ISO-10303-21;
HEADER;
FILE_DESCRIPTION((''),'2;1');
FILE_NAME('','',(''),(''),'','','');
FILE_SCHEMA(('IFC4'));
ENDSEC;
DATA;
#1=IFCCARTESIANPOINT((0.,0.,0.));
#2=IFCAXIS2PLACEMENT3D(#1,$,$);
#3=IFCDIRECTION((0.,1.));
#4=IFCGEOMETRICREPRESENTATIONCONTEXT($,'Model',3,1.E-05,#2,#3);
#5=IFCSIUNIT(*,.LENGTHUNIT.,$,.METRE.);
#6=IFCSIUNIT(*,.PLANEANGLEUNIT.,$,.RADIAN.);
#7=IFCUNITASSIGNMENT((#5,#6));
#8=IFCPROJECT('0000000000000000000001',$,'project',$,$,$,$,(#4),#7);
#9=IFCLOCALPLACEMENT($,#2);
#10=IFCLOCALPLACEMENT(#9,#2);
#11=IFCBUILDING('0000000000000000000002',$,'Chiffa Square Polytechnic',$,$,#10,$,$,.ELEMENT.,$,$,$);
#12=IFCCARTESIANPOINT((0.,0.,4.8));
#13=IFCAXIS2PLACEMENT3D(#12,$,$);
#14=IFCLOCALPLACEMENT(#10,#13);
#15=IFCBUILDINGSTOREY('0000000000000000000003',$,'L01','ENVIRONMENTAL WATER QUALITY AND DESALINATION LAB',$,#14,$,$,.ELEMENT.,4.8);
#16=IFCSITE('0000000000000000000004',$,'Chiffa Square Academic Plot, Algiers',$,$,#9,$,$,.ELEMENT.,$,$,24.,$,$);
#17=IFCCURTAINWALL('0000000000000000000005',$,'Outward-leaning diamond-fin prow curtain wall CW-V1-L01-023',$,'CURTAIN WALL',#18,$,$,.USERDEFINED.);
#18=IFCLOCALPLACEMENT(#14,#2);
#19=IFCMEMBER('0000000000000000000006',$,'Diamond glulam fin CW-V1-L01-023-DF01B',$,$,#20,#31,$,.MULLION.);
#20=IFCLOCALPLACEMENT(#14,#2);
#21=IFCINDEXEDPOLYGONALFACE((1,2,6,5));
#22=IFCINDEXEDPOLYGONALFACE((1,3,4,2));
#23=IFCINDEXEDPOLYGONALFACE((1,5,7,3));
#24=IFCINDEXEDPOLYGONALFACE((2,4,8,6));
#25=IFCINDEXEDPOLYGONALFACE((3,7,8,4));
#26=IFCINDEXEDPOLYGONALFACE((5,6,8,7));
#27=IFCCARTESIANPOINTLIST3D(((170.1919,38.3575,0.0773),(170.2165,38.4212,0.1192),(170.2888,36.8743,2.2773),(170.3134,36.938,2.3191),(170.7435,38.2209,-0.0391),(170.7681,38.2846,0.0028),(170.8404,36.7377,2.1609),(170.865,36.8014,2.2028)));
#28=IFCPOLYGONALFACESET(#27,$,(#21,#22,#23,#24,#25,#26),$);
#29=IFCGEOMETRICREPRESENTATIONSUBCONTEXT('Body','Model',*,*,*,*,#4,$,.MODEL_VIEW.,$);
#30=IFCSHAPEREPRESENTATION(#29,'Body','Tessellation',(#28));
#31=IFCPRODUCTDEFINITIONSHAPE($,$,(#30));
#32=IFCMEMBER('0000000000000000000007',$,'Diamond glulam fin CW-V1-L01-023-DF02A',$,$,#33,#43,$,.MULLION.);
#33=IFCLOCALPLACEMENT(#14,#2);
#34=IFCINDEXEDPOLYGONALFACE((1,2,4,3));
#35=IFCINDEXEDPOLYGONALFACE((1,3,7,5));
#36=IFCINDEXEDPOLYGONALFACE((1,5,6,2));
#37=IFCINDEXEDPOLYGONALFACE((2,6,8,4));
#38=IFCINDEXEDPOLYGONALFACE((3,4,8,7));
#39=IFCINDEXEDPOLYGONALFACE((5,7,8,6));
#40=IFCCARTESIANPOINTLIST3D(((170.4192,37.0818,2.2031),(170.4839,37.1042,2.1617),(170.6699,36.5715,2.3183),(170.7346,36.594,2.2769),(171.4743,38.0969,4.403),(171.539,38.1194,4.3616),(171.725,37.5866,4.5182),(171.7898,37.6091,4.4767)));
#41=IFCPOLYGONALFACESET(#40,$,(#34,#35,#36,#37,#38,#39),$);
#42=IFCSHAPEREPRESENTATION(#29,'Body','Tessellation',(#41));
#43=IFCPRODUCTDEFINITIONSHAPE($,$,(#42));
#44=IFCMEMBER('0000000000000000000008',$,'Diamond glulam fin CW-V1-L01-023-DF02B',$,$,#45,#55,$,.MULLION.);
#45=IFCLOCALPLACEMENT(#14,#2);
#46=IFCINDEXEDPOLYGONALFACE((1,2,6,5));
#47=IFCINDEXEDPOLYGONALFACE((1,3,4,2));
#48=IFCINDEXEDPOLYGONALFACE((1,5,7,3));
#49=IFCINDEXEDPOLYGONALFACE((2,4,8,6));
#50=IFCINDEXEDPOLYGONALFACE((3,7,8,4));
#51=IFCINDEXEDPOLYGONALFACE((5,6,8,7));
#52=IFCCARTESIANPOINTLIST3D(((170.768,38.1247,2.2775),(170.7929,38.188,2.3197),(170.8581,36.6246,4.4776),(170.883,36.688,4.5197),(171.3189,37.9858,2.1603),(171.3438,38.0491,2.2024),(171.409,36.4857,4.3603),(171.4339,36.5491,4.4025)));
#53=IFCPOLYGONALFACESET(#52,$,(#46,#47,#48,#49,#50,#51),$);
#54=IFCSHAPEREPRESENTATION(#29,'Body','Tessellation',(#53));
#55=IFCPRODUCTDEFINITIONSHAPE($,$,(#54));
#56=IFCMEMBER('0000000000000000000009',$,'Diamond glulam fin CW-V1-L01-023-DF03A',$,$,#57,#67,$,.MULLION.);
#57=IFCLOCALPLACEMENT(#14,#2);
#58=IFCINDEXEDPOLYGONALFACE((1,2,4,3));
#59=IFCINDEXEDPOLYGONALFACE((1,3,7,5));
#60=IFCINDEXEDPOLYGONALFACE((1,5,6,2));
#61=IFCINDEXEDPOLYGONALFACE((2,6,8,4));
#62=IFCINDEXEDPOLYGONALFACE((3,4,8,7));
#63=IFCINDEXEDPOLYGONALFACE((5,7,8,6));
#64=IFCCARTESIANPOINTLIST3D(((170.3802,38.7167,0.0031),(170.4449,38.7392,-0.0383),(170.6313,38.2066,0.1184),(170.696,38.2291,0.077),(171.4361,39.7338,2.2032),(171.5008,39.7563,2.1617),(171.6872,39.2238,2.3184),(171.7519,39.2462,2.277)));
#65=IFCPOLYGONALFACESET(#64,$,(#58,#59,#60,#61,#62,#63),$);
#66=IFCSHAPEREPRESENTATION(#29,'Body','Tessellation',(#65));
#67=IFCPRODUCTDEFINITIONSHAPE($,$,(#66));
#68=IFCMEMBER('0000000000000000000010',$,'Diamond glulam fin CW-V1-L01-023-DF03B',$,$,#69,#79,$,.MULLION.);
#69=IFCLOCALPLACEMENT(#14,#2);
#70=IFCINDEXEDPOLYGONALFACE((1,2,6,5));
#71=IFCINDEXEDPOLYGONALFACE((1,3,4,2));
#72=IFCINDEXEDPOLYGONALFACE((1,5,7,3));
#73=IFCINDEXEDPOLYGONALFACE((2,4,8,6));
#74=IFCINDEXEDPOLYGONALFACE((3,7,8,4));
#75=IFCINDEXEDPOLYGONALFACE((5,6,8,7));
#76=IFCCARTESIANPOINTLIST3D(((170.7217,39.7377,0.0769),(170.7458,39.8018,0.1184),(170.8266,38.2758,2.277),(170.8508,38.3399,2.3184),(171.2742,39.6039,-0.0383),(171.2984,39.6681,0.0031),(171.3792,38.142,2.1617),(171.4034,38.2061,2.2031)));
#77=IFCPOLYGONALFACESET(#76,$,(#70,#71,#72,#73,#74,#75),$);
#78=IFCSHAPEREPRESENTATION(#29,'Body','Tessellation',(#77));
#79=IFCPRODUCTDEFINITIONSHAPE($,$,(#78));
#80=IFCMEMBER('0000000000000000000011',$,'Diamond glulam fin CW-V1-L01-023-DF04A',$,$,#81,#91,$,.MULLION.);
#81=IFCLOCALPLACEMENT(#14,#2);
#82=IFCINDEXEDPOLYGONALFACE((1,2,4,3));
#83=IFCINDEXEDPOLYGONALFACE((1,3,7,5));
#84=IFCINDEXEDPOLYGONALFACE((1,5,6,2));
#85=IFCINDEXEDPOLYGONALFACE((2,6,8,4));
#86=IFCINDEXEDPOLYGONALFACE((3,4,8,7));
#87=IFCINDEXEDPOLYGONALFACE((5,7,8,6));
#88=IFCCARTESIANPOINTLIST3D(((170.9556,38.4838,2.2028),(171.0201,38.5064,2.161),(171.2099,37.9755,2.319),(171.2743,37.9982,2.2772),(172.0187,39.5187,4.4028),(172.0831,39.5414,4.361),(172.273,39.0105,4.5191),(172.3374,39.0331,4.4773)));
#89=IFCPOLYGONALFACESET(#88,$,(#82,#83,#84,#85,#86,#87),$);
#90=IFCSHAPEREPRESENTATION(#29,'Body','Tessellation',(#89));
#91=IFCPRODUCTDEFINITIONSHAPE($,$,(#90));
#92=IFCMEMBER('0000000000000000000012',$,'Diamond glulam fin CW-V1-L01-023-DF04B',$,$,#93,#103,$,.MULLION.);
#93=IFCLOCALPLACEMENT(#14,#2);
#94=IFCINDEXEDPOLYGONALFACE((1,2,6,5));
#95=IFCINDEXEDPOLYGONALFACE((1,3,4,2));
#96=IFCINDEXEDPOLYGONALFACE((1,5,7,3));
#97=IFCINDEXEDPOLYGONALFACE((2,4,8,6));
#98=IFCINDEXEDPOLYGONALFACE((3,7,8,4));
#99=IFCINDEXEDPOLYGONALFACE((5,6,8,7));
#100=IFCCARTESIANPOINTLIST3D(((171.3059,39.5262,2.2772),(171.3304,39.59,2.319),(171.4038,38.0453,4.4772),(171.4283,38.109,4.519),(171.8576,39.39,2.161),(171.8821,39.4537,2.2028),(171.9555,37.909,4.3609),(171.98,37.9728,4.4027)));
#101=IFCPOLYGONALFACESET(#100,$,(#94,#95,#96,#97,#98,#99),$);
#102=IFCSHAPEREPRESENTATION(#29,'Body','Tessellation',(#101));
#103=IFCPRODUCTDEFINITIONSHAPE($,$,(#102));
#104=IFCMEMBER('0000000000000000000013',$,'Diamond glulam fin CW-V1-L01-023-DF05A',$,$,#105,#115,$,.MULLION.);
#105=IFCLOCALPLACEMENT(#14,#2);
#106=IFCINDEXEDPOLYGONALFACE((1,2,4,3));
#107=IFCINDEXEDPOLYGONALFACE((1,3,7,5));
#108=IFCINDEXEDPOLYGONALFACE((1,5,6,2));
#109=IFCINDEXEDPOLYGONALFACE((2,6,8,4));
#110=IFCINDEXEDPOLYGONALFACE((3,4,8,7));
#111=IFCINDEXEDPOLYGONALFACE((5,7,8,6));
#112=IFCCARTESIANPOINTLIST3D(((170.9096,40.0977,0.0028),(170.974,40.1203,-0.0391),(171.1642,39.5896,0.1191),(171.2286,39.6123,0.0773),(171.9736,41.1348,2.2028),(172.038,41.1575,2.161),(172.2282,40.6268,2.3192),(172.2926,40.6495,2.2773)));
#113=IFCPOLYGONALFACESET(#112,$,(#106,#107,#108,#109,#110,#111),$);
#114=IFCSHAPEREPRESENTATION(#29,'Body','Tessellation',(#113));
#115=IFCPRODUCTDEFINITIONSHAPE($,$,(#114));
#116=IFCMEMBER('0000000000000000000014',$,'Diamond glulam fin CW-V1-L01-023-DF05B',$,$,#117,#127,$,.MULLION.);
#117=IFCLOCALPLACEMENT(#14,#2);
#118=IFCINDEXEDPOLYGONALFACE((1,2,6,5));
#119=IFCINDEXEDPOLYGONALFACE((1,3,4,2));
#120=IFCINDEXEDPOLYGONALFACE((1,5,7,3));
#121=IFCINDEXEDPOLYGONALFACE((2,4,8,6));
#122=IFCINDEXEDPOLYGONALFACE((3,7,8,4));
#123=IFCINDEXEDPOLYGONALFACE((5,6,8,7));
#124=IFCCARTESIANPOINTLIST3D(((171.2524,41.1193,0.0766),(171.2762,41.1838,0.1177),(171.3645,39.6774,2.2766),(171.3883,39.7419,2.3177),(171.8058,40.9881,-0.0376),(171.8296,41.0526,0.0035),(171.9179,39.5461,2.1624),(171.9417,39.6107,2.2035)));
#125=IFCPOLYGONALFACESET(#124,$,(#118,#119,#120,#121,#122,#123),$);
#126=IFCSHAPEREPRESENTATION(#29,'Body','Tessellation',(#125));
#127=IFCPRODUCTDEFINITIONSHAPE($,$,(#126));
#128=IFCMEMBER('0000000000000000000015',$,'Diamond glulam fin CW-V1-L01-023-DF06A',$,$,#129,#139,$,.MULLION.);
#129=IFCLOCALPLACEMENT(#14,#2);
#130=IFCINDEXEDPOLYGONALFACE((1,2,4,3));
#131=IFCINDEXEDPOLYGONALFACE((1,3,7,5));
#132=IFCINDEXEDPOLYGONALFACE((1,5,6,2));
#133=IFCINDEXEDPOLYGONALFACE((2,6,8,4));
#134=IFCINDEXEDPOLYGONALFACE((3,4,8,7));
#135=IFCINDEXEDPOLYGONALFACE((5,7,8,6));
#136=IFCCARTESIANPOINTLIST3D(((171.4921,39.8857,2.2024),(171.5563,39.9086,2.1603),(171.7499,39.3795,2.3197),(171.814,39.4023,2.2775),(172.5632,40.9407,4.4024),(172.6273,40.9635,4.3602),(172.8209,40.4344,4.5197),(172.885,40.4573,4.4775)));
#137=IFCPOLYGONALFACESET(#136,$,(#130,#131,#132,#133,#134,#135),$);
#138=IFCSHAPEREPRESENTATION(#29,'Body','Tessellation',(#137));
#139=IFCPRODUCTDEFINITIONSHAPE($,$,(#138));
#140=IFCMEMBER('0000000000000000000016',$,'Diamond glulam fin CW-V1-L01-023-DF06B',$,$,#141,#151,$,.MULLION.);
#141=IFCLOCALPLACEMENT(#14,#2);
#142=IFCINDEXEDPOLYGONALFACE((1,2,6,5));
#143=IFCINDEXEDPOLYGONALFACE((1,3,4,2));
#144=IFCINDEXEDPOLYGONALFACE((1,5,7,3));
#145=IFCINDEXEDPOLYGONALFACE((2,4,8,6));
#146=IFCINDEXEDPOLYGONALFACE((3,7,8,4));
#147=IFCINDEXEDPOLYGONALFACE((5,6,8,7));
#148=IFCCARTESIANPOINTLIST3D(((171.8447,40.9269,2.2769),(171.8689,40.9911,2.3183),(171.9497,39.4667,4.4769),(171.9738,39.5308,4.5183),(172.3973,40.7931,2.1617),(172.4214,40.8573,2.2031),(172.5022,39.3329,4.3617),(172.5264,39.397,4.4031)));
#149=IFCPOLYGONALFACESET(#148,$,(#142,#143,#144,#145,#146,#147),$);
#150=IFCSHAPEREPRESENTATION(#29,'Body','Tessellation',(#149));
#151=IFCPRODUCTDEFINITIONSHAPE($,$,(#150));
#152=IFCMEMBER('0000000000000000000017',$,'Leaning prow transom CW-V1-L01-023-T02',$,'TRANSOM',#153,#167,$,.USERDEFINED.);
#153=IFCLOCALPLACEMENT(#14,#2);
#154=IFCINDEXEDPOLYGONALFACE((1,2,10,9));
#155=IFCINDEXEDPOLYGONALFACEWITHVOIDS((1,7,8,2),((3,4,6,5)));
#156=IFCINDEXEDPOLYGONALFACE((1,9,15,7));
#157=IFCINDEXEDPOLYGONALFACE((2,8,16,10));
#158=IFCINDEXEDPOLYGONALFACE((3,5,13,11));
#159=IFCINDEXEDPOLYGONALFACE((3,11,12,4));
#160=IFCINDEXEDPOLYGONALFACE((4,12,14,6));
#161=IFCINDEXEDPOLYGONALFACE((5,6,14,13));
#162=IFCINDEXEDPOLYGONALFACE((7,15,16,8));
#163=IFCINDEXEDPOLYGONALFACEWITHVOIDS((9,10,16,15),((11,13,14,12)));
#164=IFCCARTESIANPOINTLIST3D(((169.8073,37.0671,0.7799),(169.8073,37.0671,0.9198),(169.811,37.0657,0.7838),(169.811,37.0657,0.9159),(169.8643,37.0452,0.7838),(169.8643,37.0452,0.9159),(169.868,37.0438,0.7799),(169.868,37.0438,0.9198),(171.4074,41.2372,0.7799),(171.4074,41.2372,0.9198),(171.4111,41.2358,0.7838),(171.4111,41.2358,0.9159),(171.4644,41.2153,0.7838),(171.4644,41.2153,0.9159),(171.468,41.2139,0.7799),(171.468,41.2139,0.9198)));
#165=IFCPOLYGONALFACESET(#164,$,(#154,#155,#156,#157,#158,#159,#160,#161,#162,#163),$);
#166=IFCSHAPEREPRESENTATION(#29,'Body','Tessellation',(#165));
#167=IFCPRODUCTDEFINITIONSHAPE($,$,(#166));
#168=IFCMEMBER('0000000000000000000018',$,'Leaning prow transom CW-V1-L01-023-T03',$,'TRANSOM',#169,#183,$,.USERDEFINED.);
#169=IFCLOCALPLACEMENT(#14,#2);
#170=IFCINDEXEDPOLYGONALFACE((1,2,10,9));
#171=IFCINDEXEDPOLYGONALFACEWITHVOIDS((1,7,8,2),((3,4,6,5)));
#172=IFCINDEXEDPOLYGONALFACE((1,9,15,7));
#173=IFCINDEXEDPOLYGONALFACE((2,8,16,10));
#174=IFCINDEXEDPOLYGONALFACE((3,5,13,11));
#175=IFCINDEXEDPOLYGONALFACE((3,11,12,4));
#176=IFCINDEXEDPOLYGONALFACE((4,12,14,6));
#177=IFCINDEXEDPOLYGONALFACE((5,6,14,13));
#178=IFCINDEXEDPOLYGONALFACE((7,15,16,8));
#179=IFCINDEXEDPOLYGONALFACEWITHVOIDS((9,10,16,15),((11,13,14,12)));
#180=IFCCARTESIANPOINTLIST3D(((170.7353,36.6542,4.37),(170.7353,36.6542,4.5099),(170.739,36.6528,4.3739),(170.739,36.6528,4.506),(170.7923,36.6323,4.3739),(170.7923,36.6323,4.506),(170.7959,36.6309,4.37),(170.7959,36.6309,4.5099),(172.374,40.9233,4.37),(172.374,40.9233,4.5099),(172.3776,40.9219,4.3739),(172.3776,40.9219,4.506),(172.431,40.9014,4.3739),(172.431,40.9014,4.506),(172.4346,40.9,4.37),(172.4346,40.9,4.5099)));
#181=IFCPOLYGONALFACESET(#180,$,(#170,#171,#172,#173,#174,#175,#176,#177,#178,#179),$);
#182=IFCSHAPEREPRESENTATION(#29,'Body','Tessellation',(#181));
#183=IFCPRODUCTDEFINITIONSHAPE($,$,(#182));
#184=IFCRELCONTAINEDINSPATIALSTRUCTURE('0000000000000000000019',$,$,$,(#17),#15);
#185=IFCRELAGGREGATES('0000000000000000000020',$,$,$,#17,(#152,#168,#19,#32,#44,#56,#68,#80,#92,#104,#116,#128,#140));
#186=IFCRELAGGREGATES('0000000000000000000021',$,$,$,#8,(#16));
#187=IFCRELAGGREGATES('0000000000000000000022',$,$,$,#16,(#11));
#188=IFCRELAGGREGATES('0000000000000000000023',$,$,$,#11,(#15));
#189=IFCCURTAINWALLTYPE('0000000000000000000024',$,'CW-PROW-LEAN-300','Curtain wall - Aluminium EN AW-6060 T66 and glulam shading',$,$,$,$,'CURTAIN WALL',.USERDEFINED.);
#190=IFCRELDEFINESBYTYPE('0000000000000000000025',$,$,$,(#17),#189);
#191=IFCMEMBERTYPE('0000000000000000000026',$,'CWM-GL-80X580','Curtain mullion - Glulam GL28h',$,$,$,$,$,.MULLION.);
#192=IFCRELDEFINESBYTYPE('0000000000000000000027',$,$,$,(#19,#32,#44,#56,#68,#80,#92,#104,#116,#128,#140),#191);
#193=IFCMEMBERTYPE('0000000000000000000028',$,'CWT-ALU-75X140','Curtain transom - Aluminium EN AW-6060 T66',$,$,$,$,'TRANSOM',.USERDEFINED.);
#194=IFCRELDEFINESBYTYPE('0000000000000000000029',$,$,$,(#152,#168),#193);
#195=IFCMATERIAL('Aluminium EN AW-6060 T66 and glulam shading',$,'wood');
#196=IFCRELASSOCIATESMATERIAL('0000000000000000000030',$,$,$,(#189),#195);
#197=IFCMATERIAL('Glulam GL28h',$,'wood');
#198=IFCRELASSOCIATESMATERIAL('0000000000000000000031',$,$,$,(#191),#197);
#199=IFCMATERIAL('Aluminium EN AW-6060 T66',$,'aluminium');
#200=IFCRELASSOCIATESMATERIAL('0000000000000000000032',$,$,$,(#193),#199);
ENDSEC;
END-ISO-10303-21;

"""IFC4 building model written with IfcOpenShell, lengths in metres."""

from ifc_helpers import new_model, si_unit, direction, frame, origin, origin_2d, place, context, subcontext, project, spatial, rectangle, hollow_rectangle, extrude, material, material_profile, profile_set, type_object, element, aggregate, save


model = new_model("IFC4")

# Units and contexts
model_context = context("Model", 3, precision=1e-05, world=origin(), true_north=direction((0.0, 1.0)))
body_context = subcontext(model_context, "Body", "Model", "MODEL_VIEW")
ifc_project = project(units=[si_unit("LENGTHUNIT", "METRE"), si_unit("PLANEANGLEUNIT", "RADIAN")], contexts=[model_context])

# Site, building, storey
site_placement = place(None, origin())
site = spatial("IfcSite", under=ifc_project, at=site_placement, Name="Chiffa Square Academic Plot, Algiers", CompositionType="ELEMENT", RefElevation=24.0)
building_placement = place(site_placement, origin())
building = spatial("IfcBuilding", under=site, at=building_placement, Name="Chiffa Square Polytechnic", CompositionType="ELEMENT")
storey_placement = place(building_placement, frame((0.0, 0.0, 4.8)))
storey = spatial("IfcBuildingStorey", under=building, at=storey_placement, Name="L01", Description="ENVIRONMENTAL WATER QUALITY AND DESALINATION LAB", CompositionType="ELEMENT", Elevation=4.8)

# Curtain wall
ifc_material_1 = material(Name="Aluminium EN AW-6060 T66 and glulam shading", Category="wood")
curtain_wall_type_1 = type_object("IfcCurtainWallType", Name="CW-PROW-LEAN-300", Description="Curtain wall - Aluminium EN AW-6060 T66 and glulam shading", ElementType="CURTAIN WALL", PredefinedType="USERDEFINED", material=ifc_material_1)
curtain_wall_1_placement = place(storey_placement, origin())
curtain_wall_1 = element("IfcCurtainWall", 1, at=curtain_wall_1_placement, inside=storey, type_object=curtain_wall_type_1, Name="Outward-leaning diamond-fin prow curtain wall CW-V1-L01-023", ObjectType="CURTAIN WALL", PredefinedType="USERDEFINED")
ifc_material_2 = material(Name="Aluminium EN AW-6060 T66", Category="aluminium")

# Shared definitions
ifc_material_3 = material(Name="Glulam GL28h", Category="wood")
ifc_material_profile_1 = material_profile(ifc_material_3, rectangle(XDim=0.0801, YDim=0.5801, at=origin_2d()), Name="GL28h 80x580")
ifc_profile_set_1 = profile_set([ifc_material_profile_1], Name="Glulam GL28h")
member_type_1 = type_object("IfcMemberType", Name="CWM-GL-80X580", Description="Curtain mullion - Glulam GL28h", PredefinedType="MULLION", material=ifc_profile_set_1)

# Members
member_1_placement = place(storey_placement, frame((170.48, 38.321, 0.04), z_axis=(0.036506, -0.558631, 0.828613), x_axis=(0.30716, 0.795299, 0.522639)))
member_1 = element("IfcMember", 2, at=member_1_placement, type_object=member_type_1, Name="Diamond glulam fin CW-V1-L01-023-DF01B", PredefinedType="MULLION", context=body_context, shape_type="SweptSolid", body=[
    extrude(rectangle(XDim=0.0801, YDim=0.5801, at=origin_2d()), origin(), (0.0, 0.0, 1.0), 2.655),
])
member_2_placement = place(storey_placement, frame((170.5769, 36.8379, 2.24), z_axis=(0.399285, 0.384134, 0.832474), x_axis=(-0.808531, -0.280565, 0.517263)))
member_2 = element("IfcMember", 3, at=member_2_placement, type_object=member_type_1, Name="Diamond glulam fin CW-V1-L01-023-DF02A", PredefinedType="MULLION", context=body_context, shape_type="SweptSolid", body=[
    extrude(rectangle(XDim=0.0801, YDim=0.5801, at=origin_2d()), origin(), (0.0, 0.0, 1.0), 2.6426),
])
member_3_placement = place(storey_placement, frame((171.0559, 38.0869, 2.24), z_axis=(0.033814, -0.563023, 0.825749), x_axis=(0.311507, 0.791001, 0.526575)))
member_3 = element("IfcMember", 4, at=member_3_placement, type_object=member_type_1, Name="Diamond glulam fin CW-V1-L01-023-DF02B", PredefinedType="MULLION", context=body_context, shape_type="SweptSolid", body=[
    extrude(rectangle(XDim=0.0801, YDim=0.5801, at=origin_2d()), origin(), (0.0, 0.0, 1.0), 2.6643),
])
member_4_placement = place(storey_placement, frame((170.5381, 38.4729, 0.04), z_axis=(0.399404, 0.384721, 0.832146), x_axis=(-0.808138, -0.280848, 0.517724)))
member_4 = element("IfcMember", 5, at=member_4_placement, type_object=member_type_1, Name="Diamond glulam fin CW-V1-L01-023-DF03A", PredefinedType="MULLION", context=body_context, shape_type="SweptSolid", body=[
    extrude(rectangle(XDim=0.0801, YDim=0.5801, at=origin_2d()), origin(), (0.0, 0.0, 1.0), 2.6438),
])
member_5_placement = place(storey_placement, frame((171.01, 39.7029, 0.04), z_axis=(0.039713, -0.553026, 0.832217), x_axis=(0.301798, 0.800614, 0.517624)))
member_5 = element("IfcMember", 6, at=member_5_placement, type_object=member_type_1, Name="Diamond glulam fin CW-V1-L01-023-DF03B", PredefinedType="MULLION", context=body_context, shape_type="SweptSolid", body=[
    extrude(rectangle(XDim=0.0801, YDim=0.5801, at=origin_2d()), origin(), (0.0, 0.0, 1.0), 2.6436),
])
member_6_placement = place(storey_placement, frame((171.115, 38.241, 2.24), z_axis=(0.400607, 0.390026, 0.829092), x_axis=(-0.804584, -0.283172, 0.521976)))
member_6 = element("IfcMember", 7, at=member_6_placement, type_object=member_type_1, Name="Diamond glulam fin CW-V1-L01-023-DF04A", PredefinedType="MULLION", context=body_context, shape_type="SweptSolid", body=[
    extrude(rectangle(XDim=0.0801, YDim=0.5801, at=origin_2d()), origin(), (0.0, 0.0, 1.0), 2.6536),
])
member_7_placement = place(storey_placement, frame((171.594, 39.49, 2.24), z_axis=(0.036891, -0.558054, 0.828985), x_axis=(0.306538, 0.795877, 0.522125)))
member_7 = element("IfcMember", 8, at=member_7_placement, type_object=member_type_1, Name="Diamond glulam fin CW-V1-L01-023-DF04B", PredefinedType="MULLION", context=body_context, shape_type="SweptSolid", body=[
    extrude(rectangle(XDim=0.0801, YDim=0.5801, at=origin_2d()), origin(), (0.0, 0.0, 1.0), 2.6538),
])
member_8_placement = place(storey_placement, frame((171.0691, 39.855, 0.04), z_axis=(0.400786, 0.39067, 0.828702), x_axis=(-0.804153, -0.283401, 0.522515)))
member_8 = element("IfcMember", 9, at=member_8_placement, type_object=member_type_1, Name="Diamond glulam fin CW-V1-L01-023-DF05A", PredefinedType="MULLION", context=body_context, shape_type="SweptSolid", body=[
    extrude(rectangle(XDim=0.0801, YDim=0.5801, at=origin_2d()), origin(), (0.0, 0.0, 1.0), 2.6548),
])
member_9_placement = place(storey_placement, frame((171.541, 41.0859, 0.04), z_axis=(0.042564, -0.547675, 0.835608), x_axis=(0.296845, 0.80553, 0.51284)))
member_9 = element("IfcMember", 10, at=member_9_placement, type_object=member_type_1, Name="Diamond glulam fin CW-V1-L01-023-DF05B", PredefinedType="MULLION", context=body_context, shape_type="SweptSolid", body=[
    extrude(rectangle(XDim=0.0801, YDim=0.5801, at=origin_2d()), origin(), (0.0, 0.0, 1.0), 2.6328),
])
member_10_placement = place(storey_placement, frame((171.6531, 39.644, 2.24), z_axis=(0.401962, 0.395914, 0.825638), x_axis=(-0.80063, -0.285574, 0.526726)))
member_10 = element("IfcMember", 11, at=member_10_placement, type_object=member_type_1, Name="Diamond glulam fin CW-V1-L01-023-DF06A", PredefinedType="MULLION", context=body_context, shape_type="SweptSolid", body=[
    extrude(rectangle(XDim=0.0801, YDim=0.5801, at=origin_2d()), origin(), (0.0, 0.0, 1.0), 2.6646),
])
member_11_placement = place(storey_placement, frame((172.1331, 40.8921, 2.24), z_axis=(0.039727, -0.552577, 0.832515), x_axis=(0.301712, 0.800917, 0.517206)))
member_11 = element("IfcMember", 12, at=member_11_placement, type_object=member_type_1, Name="Diamond glulam fin CW-V1-L01-023-DF06B", PredefinedType="MULLION", context=body_context, shape_type="SweptSolid", body=[
    extrude(rectangle(XDim=0.0801, YDim=0.5801, at=origin_2d()), origin(), (0.0, 0.0, 1.0), 2.6426),
])
ifc_material_profile_2 = material_profile(ifc_material_2, hollow_rectangle(XDim=0.0649, YDim=0.1399, WallThickness=0.0039, at=origin_2d()), Name="ALU 65x140x4")
ifc_profile_set_2 = profile_set([ifc_material_profile_2], Name="Aluminium EN AW-6060 T66")
member_type_2 = type_object("IfcMemberType", Name="CWT-ALU-75X140", Description="Curtain transom - Aluminium EN AW-6060 T66", ElementType="TRANSOM", PredefinedType="USERDEFINED", material=ifc_profile_set_2)
member_12_placement = place(storey_placement, frame((169.8376, 37.0554, 0.8499), z_axis=(0.358235, 0.933631, 0.0), x_axis=(-0.933631, 0.358235, 0.0)))
member_12 = element("IfcMember", 13, at=member_12_placement, type_object=member_type_2, Name="Leaning prow transom CW-V1-L01-023-T02", ObjectType="TRANSOM", PredefinedType="USERDEFINED", context=body_context, shape_type="SweptSolid", body=[
    extrude(hollow_rectangle(XDim=0.0649, YDim=0.1399, WallThickness=0.0039, at=origin_2d()), origin(), (0.0, 0.0, 1.0), 4.4666),
])
member_13_placement = place(storey_placement, frame((170.7656, 36.6426, 4.4399), z_axis=(0.358356, 0.933585, 0.0), x_axis=(-0.933585, 0.358356, 0.0)))
member_13 = element("IfcMember", 14, at=member_13_placement, type_object=member_type_2, Name="Leaning prow transom CW-V1-L01-023-T03", ObjectType="TRANSOM", PredefinedType="USERDEFINED", context=body_context, shape_type="SweptSolid", body=[
    extrude(hollow_rectangle(XDim=0.0649, YDim=0.1399, WallThickness=0.0039, at=origin_2d()), origin(), (0.0, 0.0, 1.0), 4.5728),
])

aggregate(curtain_wall_1, [member_12, member_13, member_1, member_2, member_3, member_4, member_5, member_6, member_7, member_8, member_9, member_10, member_11])

save(model, "model.ifc")
